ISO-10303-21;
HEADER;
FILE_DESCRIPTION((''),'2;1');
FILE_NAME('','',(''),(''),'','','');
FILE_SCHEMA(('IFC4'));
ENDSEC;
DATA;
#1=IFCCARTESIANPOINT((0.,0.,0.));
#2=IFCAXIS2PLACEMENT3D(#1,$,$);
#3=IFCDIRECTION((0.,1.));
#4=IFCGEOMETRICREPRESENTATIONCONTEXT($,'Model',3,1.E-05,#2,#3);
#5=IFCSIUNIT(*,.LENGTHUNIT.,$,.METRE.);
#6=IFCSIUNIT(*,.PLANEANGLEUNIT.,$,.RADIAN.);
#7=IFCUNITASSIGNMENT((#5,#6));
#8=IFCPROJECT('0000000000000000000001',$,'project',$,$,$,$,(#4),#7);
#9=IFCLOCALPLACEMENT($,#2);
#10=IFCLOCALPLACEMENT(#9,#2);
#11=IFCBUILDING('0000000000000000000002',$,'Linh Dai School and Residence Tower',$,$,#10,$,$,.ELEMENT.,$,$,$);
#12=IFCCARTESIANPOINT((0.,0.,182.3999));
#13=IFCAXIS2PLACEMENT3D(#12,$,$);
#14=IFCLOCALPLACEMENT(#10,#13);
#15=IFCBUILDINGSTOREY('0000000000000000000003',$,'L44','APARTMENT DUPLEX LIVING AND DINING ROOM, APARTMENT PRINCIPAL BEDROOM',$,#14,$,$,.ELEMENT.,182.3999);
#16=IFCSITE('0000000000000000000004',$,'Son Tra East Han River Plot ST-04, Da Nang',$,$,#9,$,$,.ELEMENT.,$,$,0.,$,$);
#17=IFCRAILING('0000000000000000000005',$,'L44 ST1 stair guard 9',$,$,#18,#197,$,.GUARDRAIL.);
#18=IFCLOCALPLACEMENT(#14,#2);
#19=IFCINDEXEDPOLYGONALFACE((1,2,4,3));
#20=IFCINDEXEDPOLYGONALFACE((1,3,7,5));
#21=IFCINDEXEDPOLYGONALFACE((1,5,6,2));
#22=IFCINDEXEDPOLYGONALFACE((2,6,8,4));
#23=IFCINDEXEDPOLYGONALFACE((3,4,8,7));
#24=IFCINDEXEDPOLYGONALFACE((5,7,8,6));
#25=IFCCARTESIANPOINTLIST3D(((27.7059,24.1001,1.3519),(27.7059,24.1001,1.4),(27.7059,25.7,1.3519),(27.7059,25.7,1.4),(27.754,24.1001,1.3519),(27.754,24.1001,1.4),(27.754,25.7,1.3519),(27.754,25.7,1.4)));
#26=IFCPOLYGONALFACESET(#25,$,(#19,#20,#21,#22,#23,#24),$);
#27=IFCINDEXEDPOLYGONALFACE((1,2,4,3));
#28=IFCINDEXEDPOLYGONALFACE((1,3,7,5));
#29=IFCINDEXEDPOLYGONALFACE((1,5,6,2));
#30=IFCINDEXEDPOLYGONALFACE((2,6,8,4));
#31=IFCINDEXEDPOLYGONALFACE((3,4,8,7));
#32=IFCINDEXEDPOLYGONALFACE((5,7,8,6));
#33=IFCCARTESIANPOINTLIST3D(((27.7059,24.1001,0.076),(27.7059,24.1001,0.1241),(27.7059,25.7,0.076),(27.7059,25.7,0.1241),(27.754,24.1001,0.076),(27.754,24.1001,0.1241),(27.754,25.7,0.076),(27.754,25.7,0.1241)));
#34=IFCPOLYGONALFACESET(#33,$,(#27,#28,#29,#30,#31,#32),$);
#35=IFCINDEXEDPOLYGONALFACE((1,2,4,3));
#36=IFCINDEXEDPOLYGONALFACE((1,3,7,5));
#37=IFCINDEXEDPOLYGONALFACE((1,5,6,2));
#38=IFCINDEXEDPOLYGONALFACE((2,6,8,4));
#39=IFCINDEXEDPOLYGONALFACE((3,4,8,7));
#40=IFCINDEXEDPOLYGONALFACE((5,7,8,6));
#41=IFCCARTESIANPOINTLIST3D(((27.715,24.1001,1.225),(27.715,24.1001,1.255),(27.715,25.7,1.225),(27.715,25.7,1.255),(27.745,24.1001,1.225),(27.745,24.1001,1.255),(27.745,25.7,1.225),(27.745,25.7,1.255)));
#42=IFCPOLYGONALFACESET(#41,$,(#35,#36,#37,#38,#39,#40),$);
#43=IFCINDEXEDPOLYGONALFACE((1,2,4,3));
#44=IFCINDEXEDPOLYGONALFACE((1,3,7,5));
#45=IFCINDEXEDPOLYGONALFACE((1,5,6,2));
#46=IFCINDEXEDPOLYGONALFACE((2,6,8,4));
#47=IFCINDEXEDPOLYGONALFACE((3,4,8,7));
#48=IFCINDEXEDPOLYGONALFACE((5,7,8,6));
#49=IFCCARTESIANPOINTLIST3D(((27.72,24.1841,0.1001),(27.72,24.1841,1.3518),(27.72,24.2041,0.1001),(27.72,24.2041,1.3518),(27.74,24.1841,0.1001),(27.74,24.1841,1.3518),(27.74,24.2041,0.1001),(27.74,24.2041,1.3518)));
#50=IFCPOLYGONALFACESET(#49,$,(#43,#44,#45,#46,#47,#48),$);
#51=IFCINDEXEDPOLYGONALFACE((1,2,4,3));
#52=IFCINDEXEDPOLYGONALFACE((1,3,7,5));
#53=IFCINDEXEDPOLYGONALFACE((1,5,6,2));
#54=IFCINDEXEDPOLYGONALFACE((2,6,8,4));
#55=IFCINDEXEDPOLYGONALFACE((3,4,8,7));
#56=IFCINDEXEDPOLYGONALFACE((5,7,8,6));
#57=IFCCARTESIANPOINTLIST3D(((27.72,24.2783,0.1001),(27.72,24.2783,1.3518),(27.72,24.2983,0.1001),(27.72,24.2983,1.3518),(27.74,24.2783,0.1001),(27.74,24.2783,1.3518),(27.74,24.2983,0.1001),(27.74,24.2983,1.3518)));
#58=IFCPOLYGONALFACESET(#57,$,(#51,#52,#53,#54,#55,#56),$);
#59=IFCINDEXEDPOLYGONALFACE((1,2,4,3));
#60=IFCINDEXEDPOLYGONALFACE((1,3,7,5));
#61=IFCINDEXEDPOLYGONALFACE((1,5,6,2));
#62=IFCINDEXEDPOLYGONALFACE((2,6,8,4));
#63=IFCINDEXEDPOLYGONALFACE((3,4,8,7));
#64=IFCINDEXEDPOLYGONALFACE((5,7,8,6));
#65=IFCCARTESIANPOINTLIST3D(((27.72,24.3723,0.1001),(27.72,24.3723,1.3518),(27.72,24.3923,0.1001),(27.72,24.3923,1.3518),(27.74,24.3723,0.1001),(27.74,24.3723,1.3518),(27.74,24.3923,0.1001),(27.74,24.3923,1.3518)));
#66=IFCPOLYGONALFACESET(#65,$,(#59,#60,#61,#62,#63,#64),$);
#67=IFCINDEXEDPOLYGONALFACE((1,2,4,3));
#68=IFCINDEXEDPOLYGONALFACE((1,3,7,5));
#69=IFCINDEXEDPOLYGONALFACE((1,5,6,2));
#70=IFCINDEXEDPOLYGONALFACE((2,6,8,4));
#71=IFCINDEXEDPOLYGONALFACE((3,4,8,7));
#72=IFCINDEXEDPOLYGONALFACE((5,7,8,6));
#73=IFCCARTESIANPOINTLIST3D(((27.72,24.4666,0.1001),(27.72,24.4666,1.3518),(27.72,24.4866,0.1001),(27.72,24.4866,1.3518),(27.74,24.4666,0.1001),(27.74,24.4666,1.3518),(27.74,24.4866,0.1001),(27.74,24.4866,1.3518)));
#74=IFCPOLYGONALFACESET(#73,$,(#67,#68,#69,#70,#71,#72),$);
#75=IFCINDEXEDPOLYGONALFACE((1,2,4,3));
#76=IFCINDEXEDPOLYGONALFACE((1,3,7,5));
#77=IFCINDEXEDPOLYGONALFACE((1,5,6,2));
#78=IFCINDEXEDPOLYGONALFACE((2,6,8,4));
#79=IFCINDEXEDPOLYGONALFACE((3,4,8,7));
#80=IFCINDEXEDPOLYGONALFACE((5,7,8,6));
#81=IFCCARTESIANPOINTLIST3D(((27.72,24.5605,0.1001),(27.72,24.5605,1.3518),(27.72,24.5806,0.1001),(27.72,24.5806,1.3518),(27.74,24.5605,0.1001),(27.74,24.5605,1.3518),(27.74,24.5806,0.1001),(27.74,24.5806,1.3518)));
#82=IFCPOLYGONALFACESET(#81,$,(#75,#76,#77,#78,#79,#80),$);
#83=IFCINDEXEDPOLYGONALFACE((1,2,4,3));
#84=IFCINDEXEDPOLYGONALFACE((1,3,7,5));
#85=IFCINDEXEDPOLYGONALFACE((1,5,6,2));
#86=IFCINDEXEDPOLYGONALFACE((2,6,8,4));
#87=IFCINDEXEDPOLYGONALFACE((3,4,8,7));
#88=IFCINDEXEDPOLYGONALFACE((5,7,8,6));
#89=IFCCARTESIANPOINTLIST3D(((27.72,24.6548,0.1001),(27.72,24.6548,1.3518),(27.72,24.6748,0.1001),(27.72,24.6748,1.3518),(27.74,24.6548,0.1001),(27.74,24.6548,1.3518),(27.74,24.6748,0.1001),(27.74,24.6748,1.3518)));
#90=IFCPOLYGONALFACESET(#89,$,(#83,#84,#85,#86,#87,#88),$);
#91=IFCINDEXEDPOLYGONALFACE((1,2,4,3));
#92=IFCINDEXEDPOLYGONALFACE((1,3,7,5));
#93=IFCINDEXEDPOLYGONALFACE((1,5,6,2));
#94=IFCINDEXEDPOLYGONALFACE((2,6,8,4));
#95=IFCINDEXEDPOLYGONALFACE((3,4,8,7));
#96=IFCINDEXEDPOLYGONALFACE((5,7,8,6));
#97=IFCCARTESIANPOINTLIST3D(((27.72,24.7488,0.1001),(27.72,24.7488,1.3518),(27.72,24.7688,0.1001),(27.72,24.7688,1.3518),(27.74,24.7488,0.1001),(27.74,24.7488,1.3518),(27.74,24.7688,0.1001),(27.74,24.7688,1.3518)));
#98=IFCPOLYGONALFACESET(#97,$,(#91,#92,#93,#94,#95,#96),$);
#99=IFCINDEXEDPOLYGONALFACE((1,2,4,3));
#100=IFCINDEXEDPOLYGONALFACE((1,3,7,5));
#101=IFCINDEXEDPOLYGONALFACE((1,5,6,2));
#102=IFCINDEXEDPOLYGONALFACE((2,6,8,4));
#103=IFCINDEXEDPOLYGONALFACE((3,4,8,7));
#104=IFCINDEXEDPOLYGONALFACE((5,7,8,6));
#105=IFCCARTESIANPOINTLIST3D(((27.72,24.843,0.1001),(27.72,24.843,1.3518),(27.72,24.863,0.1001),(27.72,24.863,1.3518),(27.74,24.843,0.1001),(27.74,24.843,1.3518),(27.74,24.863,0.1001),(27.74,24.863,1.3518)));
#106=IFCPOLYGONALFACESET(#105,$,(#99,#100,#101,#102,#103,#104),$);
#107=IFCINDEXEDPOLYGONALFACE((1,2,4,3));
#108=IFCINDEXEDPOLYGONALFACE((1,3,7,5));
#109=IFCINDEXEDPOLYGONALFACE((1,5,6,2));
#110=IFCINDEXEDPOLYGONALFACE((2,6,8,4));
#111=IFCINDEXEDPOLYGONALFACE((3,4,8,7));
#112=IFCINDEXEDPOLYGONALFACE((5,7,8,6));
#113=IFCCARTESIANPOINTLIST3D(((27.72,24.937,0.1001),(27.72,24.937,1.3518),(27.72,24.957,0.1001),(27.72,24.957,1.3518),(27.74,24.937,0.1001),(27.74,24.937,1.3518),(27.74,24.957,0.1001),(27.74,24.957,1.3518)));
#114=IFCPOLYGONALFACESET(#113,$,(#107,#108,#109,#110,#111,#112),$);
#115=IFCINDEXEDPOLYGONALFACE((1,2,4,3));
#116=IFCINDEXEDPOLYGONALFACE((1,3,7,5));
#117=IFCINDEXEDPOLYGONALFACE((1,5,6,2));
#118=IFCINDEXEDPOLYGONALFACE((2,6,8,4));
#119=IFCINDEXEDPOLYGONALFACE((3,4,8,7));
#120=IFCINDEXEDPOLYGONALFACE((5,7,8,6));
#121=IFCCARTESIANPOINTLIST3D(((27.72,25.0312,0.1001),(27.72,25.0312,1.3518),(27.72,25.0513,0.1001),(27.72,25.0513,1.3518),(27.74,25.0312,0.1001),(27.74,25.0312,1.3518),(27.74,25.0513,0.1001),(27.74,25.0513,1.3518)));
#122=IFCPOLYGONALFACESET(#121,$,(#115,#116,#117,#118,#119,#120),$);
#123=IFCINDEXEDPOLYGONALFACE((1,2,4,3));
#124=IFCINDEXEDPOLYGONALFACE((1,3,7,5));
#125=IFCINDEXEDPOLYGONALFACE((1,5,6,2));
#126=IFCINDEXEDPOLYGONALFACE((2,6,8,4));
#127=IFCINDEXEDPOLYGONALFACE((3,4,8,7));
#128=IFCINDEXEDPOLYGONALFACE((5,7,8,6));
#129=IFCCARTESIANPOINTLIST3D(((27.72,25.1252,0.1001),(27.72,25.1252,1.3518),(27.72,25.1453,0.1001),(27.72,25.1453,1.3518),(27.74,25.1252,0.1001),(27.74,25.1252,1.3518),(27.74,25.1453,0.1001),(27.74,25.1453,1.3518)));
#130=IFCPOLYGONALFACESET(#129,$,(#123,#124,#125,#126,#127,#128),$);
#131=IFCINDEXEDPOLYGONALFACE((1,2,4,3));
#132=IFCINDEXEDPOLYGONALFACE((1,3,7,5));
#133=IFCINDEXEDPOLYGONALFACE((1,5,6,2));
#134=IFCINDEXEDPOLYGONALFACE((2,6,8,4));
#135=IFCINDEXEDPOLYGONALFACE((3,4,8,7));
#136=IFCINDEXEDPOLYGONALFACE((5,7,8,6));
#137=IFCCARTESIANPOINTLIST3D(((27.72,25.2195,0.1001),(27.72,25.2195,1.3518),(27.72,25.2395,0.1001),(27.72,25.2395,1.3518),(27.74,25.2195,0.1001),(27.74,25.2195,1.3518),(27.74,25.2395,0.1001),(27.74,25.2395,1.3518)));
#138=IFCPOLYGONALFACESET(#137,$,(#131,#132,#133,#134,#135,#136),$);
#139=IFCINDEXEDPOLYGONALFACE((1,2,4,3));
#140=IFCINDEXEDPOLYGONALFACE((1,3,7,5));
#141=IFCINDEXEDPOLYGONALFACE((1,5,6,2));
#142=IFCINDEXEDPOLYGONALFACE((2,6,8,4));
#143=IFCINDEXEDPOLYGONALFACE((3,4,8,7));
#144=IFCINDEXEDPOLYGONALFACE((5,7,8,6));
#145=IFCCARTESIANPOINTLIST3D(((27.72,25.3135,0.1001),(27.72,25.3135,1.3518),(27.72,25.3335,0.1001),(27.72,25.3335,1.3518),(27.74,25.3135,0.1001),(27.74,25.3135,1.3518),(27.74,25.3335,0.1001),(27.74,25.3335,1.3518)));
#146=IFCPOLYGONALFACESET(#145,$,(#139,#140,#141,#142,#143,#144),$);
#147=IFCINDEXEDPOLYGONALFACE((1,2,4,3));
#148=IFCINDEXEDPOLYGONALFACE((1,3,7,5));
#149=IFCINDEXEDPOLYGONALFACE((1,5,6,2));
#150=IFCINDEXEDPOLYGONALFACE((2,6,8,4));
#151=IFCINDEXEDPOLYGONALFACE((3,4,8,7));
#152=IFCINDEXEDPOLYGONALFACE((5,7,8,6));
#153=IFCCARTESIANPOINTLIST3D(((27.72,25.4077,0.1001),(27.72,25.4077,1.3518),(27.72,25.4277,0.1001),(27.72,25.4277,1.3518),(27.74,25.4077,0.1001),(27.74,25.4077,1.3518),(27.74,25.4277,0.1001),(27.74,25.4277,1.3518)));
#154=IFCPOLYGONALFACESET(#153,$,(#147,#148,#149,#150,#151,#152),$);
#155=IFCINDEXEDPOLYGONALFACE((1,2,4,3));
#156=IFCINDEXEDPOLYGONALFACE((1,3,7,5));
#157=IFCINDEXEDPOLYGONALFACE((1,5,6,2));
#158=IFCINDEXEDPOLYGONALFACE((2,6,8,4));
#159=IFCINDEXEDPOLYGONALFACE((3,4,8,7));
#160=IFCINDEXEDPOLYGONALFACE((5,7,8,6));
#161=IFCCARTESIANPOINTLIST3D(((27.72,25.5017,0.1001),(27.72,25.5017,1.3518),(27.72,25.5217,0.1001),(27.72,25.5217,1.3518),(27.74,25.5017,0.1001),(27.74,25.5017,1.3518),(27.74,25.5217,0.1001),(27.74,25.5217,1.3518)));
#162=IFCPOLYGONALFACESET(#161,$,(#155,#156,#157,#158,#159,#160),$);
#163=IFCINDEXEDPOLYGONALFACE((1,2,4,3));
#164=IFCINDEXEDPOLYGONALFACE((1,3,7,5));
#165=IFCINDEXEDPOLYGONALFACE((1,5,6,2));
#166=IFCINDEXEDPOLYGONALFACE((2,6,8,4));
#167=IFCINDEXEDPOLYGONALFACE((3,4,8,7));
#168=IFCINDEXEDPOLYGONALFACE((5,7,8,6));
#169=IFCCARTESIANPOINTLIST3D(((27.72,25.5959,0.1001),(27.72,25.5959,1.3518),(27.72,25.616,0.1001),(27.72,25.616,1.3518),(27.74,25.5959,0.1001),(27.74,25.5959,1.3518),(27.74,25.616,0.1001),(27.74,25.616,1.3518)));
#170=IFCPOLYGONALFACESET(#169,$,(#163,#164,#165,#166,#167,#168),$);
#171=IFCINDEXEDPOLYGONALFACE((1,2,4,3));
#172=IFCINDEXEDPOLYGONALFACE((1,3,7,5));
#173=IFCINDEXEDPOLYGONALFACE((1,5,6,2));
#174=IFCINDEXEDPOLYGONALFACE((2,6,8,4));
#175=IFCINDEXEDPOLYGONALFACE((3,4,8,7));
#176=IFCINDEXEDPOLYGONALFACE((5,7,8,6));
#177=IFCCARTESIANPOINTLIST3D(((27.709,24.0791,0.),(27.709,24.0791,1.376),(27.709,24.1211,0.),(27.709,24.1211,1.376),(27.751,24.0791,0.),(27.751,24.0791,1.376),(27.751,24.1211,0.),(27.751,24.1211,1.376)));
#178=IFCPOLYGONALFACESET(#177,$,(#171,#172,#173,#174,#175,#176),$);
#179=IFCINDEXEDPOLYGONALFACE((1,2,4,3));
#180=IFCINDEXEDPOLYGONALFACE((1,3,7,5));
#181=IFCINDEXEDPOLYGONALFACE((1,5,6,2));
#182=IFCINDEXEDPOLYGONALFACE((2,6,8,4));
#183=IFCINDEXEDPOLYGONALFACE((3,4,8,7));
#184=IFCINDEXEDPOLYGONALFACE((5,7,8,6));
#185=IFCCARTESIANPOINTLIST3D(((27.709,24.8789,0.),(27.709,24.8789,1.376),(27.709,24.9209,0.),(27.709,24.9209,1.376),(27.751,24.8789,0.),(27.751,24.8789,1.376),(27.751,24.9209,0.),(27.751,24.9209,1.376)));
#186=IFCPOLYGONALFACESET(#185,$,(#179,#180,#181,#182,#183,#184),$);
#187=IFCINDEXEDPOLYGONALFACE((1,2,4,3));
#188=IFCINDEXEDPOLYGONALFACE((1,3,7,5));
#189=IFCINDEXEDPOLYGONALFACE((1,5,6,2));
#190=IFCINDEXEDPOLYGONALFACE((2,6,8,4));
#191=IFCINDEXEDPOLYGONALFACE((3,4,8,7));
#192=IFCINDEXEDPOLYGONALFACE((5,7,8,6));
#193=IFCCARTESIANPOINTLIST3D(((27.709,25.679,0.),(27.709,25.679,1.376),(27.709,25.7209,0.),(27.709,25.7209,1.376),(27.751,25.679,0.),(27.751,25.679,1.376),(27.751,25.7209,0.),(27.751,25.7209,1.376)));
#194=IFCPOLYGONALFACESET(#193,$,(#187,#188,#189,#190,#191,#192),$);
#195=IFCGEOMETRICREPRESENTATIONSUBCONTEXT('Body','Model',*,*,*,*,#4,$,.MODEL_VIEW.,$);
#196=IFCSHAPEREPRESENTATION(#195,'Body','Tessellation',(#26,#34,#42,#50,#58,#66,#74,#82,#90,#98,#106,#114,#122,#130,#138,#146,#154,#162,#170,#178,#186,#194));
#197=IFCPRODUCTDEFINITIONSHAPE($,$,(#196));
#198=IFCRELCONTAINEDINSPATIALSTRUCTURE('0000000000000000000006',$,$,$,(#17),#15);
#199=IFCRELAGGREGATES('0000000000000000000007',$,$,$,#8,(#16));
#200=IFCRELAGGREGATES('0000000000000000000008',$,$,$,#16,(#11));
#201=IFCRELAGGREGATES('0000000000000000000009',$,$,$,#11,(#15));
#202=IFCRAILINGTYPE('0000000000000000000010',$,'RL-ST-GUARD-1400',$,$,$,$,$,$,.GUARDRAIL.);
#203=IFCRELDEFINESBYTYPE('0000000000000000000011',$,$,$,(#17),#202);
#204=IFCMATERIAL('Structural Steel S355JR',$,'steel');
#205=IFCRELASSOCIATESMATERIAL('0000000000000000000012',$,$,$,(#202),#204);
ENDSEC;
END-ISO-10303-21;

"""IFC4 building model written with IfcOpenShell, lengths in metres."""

from ifc_helpers import new_model, si_unit, direction, frame, origin, origin_2d, place, context, subcontext, project, spatial, rectangle, extrude, source, transform, mapped, material, type_object, element, save


model = new_model("IFC4")

# Units and contexts
model_context = context("Model", 3, precision=1e-05, world=origin(), true_north=direction((0.0, 1.0)))
body_context = subcontext(model_context, "Body", "Model", "MODEL_VIEW")
ifc_project = project(units=[si_unit("LENGTHUNIT", "METRE"), si_unit("PLANEANGLEUNIT", "RADIAN")], contexts=[model_context])

# Site, building, storey
site_placement = place(None, origin())
site = spatial("IfcSite", under=ifc_project, at=site_placement, Name="Son Tra East Han River Plot ST-04, Da Nang", CompositionType="ELEMENT", RefElevation=0.0)
building_placement = place(site_placement, origin())
building = spatial("IfcBuilding", under=site, at=building_placement, Name="Linh Dai School and Residence Tower", CompositionType="ELEMENT")
storey_placement = place(building_placement, frame((0.0, 0.0, 182.3999)))
storey = spatial("IfcBuildingStorey", under=building, at=storey_placement, Name="L44", Description="APARTMENT DUPLEX LIVING AND DINING ROOM, APARTMENT PRINCIPAL BEDROOM", CompositionType="ELEMENT", Elevation=182.3999)

# Shared definitions
ifc_material_1 = material(Name="Structural Steel S355JR", Category="steel")

# Railing
railing_type = type_object("IfcRailingType", Name="RL-ST-GUARD-1400", PredefinedType="GUARDRAIL", material=ifc_material_1)
shared_shape_1 = source(origin(), body_context, "Body", "SweptSolid", [
    extrude(rectangle(XDim=0.0481, YDim=0.0481, at=origin_2d()), frame((0.0, 0.0, 1.376), z_axis=(0.0, 1.0, 0.0), x_axis=(-1.0, 0.0, 0.0)), (0.0, 0.0, 1.0), 1.5999),
    extrude(rectangle(XDim=0.0481, YDim=0.0481, at=origin_2d()), frame((0.0, 0.0, 0.1001), z_axis=(0.0, 1.0, 0.0), x_axis=(-1.0, 0.0, 0.0)), (0.0, 0.0, 1.0), 1.5999),
    extrude(rectangle(XDim=0.03, YDim=0.03, at=origin_2d()), frame((0.0, 0.0, 1.24), z_axis=(0.0, 1.0, 0.0), x_axis=(-1.0, 0.0, 0.0)), (0.0, 0.0, 1.0), 1.5999),
    extrude(rectangle(XDim=0.02, YDim=0.02, at=origin_2d()), frame((0.0, 0.094, 0.1001)), (0.0, 0.0, 1.0), 1.2517),
    extrude(rectangle(XDim=0.02, YDim=0.02, at=origin_2d()), frame((0.0, 0.1882, 0.1001)), (0.0, 0.0, 1.0), 1.2517),
    extrude(rectangle(XDim=0.02, YDim=0.02, at=origin_2d()), frame((0.0, 0.2822, 0.1001)), (0.0, 0.0, 1.0), 1.2517),
    extrude(rectangle(XDim=0.02, YDim=0.02, at=origin_2d()), frame((0.0, 0.3765, 0.1001)), (0.0, 0.0, 1.0), 1.2517),
    extrude(rectangle(XDim=0.02, YDim=0.02, at=origin_2d()), frame((0.0, 0.4705, 0.1001)), (0.0, 0.0, 1.0), 1.2517),
    extrude(rectangle(XDim=0.02, YDim=0.02, at=origin_2d()), frame((0.0, 0.5647, 0.1001)), (0.0, 0.0, 1.0), 1.2517),
    extrude(rectangle(XDim=0.02, YDim=0.02, at=origin_2d()), frame((0.0, 0.6587, 0.1001)), (0.0, 0.0, 1.0), 1.2517),
    extrude(rectangle(XDim=0.02, YDim=0.02, at=origin_2d()), frame((0.0, 0.7529, 0.1001)), (0.0, 0.0, 1.0), 1.2517),
    extrude(rectangle(XDim=0.02, YDim=0.02, at=origin_2d()), frame((0.0, 0.8469, 0.1001)), (0.0, 0.0, 1.0), 1.2517),
    extrude(rectangle(XDim=0.02, YDim=0.02, at=origin_2d()), frame((0.0, 0.9412, 0.1001)), (0.0, 0.0, 1.0), 1.2517),
    extrude(rectangle(XDim=0.02, YDim=0.02, at=origin_2d()), frame((0.0, 1.0352, 0.1001)), (0.0, 0.0, 1.0), 1.2517),
    extrude(rectangle(XDim=0.02, YDim=0.02, at=origin_2d()), frame((0.0, 1.1294, 0.1001)), (0.0, 0.0, 1.0), 1.2517),
    extrude(rectangle(XDim=0.02, YDim=0.02, at=origin_2d()), frame((0.0, 1.2234, 0.1001)), (0.0, 0.0, 1.0), 1.2517),
    extrude(rectangle(XDim=0.02, YDim=0.02, at=origin_2d()), frame((0.0, 1.3176, 0.1001)), (0.0, 0.0, 1.0), 1.2517),
    extrude(rectangle(XDim=0.02, YDim=0.02, at=origin_2d()), frame((0.0, 1.4116, 0.1001)), (0.0, 0.0, 1.0), 1.2517),
    extrude(rectangle(XDim=0.02, YDim=0.02, at=origin_2d()), frame((0.0, 1.5059, 0.1001)), (0.0, 0.0, 1.0), 1.2517),
    extrude(rectangle(XDim=0.042, YDim=0.042, at=origin_2d()), origin(), (0.0, 0.0, 1.0), 1.376),
    extrude(rectangle(XDim=0.042, YDim=0.042, at=origin_2d()), frame((0.0, 0.7998, 0.0)), (0.0, 0.0, 1.0), 1.376),
    extrude(rectangle(XDim=0.042, YDim=0.042, at=origin_2d()), frame((0.0, 1.5999, 0.0)), (0.0, 0.0, 1.0), 1.376),
])
for number, where, name in (
    (1, (27.73, 24.1001, 0.0), "L44 ST1 stair guard 9"),
):
    element("IfcRailing", number, at=place(storey_placement, frame(where)), inside=storey, type_object=railing_type, Name=name, PredefinedType="GUARDRAIL", context=body_context, shape_type="MappedRepresentation", body=[
        mapped(shared_shape_1, transform((0.0, 0.0, 0.0), x_axis=(1.0, 0.0, 0.0), y_axis=(0.0, 1.0, 0.0), z_axis=(0.0, 0.0, 1.0), scale=1.0)),
    ])

save(model, "model.ifc")
